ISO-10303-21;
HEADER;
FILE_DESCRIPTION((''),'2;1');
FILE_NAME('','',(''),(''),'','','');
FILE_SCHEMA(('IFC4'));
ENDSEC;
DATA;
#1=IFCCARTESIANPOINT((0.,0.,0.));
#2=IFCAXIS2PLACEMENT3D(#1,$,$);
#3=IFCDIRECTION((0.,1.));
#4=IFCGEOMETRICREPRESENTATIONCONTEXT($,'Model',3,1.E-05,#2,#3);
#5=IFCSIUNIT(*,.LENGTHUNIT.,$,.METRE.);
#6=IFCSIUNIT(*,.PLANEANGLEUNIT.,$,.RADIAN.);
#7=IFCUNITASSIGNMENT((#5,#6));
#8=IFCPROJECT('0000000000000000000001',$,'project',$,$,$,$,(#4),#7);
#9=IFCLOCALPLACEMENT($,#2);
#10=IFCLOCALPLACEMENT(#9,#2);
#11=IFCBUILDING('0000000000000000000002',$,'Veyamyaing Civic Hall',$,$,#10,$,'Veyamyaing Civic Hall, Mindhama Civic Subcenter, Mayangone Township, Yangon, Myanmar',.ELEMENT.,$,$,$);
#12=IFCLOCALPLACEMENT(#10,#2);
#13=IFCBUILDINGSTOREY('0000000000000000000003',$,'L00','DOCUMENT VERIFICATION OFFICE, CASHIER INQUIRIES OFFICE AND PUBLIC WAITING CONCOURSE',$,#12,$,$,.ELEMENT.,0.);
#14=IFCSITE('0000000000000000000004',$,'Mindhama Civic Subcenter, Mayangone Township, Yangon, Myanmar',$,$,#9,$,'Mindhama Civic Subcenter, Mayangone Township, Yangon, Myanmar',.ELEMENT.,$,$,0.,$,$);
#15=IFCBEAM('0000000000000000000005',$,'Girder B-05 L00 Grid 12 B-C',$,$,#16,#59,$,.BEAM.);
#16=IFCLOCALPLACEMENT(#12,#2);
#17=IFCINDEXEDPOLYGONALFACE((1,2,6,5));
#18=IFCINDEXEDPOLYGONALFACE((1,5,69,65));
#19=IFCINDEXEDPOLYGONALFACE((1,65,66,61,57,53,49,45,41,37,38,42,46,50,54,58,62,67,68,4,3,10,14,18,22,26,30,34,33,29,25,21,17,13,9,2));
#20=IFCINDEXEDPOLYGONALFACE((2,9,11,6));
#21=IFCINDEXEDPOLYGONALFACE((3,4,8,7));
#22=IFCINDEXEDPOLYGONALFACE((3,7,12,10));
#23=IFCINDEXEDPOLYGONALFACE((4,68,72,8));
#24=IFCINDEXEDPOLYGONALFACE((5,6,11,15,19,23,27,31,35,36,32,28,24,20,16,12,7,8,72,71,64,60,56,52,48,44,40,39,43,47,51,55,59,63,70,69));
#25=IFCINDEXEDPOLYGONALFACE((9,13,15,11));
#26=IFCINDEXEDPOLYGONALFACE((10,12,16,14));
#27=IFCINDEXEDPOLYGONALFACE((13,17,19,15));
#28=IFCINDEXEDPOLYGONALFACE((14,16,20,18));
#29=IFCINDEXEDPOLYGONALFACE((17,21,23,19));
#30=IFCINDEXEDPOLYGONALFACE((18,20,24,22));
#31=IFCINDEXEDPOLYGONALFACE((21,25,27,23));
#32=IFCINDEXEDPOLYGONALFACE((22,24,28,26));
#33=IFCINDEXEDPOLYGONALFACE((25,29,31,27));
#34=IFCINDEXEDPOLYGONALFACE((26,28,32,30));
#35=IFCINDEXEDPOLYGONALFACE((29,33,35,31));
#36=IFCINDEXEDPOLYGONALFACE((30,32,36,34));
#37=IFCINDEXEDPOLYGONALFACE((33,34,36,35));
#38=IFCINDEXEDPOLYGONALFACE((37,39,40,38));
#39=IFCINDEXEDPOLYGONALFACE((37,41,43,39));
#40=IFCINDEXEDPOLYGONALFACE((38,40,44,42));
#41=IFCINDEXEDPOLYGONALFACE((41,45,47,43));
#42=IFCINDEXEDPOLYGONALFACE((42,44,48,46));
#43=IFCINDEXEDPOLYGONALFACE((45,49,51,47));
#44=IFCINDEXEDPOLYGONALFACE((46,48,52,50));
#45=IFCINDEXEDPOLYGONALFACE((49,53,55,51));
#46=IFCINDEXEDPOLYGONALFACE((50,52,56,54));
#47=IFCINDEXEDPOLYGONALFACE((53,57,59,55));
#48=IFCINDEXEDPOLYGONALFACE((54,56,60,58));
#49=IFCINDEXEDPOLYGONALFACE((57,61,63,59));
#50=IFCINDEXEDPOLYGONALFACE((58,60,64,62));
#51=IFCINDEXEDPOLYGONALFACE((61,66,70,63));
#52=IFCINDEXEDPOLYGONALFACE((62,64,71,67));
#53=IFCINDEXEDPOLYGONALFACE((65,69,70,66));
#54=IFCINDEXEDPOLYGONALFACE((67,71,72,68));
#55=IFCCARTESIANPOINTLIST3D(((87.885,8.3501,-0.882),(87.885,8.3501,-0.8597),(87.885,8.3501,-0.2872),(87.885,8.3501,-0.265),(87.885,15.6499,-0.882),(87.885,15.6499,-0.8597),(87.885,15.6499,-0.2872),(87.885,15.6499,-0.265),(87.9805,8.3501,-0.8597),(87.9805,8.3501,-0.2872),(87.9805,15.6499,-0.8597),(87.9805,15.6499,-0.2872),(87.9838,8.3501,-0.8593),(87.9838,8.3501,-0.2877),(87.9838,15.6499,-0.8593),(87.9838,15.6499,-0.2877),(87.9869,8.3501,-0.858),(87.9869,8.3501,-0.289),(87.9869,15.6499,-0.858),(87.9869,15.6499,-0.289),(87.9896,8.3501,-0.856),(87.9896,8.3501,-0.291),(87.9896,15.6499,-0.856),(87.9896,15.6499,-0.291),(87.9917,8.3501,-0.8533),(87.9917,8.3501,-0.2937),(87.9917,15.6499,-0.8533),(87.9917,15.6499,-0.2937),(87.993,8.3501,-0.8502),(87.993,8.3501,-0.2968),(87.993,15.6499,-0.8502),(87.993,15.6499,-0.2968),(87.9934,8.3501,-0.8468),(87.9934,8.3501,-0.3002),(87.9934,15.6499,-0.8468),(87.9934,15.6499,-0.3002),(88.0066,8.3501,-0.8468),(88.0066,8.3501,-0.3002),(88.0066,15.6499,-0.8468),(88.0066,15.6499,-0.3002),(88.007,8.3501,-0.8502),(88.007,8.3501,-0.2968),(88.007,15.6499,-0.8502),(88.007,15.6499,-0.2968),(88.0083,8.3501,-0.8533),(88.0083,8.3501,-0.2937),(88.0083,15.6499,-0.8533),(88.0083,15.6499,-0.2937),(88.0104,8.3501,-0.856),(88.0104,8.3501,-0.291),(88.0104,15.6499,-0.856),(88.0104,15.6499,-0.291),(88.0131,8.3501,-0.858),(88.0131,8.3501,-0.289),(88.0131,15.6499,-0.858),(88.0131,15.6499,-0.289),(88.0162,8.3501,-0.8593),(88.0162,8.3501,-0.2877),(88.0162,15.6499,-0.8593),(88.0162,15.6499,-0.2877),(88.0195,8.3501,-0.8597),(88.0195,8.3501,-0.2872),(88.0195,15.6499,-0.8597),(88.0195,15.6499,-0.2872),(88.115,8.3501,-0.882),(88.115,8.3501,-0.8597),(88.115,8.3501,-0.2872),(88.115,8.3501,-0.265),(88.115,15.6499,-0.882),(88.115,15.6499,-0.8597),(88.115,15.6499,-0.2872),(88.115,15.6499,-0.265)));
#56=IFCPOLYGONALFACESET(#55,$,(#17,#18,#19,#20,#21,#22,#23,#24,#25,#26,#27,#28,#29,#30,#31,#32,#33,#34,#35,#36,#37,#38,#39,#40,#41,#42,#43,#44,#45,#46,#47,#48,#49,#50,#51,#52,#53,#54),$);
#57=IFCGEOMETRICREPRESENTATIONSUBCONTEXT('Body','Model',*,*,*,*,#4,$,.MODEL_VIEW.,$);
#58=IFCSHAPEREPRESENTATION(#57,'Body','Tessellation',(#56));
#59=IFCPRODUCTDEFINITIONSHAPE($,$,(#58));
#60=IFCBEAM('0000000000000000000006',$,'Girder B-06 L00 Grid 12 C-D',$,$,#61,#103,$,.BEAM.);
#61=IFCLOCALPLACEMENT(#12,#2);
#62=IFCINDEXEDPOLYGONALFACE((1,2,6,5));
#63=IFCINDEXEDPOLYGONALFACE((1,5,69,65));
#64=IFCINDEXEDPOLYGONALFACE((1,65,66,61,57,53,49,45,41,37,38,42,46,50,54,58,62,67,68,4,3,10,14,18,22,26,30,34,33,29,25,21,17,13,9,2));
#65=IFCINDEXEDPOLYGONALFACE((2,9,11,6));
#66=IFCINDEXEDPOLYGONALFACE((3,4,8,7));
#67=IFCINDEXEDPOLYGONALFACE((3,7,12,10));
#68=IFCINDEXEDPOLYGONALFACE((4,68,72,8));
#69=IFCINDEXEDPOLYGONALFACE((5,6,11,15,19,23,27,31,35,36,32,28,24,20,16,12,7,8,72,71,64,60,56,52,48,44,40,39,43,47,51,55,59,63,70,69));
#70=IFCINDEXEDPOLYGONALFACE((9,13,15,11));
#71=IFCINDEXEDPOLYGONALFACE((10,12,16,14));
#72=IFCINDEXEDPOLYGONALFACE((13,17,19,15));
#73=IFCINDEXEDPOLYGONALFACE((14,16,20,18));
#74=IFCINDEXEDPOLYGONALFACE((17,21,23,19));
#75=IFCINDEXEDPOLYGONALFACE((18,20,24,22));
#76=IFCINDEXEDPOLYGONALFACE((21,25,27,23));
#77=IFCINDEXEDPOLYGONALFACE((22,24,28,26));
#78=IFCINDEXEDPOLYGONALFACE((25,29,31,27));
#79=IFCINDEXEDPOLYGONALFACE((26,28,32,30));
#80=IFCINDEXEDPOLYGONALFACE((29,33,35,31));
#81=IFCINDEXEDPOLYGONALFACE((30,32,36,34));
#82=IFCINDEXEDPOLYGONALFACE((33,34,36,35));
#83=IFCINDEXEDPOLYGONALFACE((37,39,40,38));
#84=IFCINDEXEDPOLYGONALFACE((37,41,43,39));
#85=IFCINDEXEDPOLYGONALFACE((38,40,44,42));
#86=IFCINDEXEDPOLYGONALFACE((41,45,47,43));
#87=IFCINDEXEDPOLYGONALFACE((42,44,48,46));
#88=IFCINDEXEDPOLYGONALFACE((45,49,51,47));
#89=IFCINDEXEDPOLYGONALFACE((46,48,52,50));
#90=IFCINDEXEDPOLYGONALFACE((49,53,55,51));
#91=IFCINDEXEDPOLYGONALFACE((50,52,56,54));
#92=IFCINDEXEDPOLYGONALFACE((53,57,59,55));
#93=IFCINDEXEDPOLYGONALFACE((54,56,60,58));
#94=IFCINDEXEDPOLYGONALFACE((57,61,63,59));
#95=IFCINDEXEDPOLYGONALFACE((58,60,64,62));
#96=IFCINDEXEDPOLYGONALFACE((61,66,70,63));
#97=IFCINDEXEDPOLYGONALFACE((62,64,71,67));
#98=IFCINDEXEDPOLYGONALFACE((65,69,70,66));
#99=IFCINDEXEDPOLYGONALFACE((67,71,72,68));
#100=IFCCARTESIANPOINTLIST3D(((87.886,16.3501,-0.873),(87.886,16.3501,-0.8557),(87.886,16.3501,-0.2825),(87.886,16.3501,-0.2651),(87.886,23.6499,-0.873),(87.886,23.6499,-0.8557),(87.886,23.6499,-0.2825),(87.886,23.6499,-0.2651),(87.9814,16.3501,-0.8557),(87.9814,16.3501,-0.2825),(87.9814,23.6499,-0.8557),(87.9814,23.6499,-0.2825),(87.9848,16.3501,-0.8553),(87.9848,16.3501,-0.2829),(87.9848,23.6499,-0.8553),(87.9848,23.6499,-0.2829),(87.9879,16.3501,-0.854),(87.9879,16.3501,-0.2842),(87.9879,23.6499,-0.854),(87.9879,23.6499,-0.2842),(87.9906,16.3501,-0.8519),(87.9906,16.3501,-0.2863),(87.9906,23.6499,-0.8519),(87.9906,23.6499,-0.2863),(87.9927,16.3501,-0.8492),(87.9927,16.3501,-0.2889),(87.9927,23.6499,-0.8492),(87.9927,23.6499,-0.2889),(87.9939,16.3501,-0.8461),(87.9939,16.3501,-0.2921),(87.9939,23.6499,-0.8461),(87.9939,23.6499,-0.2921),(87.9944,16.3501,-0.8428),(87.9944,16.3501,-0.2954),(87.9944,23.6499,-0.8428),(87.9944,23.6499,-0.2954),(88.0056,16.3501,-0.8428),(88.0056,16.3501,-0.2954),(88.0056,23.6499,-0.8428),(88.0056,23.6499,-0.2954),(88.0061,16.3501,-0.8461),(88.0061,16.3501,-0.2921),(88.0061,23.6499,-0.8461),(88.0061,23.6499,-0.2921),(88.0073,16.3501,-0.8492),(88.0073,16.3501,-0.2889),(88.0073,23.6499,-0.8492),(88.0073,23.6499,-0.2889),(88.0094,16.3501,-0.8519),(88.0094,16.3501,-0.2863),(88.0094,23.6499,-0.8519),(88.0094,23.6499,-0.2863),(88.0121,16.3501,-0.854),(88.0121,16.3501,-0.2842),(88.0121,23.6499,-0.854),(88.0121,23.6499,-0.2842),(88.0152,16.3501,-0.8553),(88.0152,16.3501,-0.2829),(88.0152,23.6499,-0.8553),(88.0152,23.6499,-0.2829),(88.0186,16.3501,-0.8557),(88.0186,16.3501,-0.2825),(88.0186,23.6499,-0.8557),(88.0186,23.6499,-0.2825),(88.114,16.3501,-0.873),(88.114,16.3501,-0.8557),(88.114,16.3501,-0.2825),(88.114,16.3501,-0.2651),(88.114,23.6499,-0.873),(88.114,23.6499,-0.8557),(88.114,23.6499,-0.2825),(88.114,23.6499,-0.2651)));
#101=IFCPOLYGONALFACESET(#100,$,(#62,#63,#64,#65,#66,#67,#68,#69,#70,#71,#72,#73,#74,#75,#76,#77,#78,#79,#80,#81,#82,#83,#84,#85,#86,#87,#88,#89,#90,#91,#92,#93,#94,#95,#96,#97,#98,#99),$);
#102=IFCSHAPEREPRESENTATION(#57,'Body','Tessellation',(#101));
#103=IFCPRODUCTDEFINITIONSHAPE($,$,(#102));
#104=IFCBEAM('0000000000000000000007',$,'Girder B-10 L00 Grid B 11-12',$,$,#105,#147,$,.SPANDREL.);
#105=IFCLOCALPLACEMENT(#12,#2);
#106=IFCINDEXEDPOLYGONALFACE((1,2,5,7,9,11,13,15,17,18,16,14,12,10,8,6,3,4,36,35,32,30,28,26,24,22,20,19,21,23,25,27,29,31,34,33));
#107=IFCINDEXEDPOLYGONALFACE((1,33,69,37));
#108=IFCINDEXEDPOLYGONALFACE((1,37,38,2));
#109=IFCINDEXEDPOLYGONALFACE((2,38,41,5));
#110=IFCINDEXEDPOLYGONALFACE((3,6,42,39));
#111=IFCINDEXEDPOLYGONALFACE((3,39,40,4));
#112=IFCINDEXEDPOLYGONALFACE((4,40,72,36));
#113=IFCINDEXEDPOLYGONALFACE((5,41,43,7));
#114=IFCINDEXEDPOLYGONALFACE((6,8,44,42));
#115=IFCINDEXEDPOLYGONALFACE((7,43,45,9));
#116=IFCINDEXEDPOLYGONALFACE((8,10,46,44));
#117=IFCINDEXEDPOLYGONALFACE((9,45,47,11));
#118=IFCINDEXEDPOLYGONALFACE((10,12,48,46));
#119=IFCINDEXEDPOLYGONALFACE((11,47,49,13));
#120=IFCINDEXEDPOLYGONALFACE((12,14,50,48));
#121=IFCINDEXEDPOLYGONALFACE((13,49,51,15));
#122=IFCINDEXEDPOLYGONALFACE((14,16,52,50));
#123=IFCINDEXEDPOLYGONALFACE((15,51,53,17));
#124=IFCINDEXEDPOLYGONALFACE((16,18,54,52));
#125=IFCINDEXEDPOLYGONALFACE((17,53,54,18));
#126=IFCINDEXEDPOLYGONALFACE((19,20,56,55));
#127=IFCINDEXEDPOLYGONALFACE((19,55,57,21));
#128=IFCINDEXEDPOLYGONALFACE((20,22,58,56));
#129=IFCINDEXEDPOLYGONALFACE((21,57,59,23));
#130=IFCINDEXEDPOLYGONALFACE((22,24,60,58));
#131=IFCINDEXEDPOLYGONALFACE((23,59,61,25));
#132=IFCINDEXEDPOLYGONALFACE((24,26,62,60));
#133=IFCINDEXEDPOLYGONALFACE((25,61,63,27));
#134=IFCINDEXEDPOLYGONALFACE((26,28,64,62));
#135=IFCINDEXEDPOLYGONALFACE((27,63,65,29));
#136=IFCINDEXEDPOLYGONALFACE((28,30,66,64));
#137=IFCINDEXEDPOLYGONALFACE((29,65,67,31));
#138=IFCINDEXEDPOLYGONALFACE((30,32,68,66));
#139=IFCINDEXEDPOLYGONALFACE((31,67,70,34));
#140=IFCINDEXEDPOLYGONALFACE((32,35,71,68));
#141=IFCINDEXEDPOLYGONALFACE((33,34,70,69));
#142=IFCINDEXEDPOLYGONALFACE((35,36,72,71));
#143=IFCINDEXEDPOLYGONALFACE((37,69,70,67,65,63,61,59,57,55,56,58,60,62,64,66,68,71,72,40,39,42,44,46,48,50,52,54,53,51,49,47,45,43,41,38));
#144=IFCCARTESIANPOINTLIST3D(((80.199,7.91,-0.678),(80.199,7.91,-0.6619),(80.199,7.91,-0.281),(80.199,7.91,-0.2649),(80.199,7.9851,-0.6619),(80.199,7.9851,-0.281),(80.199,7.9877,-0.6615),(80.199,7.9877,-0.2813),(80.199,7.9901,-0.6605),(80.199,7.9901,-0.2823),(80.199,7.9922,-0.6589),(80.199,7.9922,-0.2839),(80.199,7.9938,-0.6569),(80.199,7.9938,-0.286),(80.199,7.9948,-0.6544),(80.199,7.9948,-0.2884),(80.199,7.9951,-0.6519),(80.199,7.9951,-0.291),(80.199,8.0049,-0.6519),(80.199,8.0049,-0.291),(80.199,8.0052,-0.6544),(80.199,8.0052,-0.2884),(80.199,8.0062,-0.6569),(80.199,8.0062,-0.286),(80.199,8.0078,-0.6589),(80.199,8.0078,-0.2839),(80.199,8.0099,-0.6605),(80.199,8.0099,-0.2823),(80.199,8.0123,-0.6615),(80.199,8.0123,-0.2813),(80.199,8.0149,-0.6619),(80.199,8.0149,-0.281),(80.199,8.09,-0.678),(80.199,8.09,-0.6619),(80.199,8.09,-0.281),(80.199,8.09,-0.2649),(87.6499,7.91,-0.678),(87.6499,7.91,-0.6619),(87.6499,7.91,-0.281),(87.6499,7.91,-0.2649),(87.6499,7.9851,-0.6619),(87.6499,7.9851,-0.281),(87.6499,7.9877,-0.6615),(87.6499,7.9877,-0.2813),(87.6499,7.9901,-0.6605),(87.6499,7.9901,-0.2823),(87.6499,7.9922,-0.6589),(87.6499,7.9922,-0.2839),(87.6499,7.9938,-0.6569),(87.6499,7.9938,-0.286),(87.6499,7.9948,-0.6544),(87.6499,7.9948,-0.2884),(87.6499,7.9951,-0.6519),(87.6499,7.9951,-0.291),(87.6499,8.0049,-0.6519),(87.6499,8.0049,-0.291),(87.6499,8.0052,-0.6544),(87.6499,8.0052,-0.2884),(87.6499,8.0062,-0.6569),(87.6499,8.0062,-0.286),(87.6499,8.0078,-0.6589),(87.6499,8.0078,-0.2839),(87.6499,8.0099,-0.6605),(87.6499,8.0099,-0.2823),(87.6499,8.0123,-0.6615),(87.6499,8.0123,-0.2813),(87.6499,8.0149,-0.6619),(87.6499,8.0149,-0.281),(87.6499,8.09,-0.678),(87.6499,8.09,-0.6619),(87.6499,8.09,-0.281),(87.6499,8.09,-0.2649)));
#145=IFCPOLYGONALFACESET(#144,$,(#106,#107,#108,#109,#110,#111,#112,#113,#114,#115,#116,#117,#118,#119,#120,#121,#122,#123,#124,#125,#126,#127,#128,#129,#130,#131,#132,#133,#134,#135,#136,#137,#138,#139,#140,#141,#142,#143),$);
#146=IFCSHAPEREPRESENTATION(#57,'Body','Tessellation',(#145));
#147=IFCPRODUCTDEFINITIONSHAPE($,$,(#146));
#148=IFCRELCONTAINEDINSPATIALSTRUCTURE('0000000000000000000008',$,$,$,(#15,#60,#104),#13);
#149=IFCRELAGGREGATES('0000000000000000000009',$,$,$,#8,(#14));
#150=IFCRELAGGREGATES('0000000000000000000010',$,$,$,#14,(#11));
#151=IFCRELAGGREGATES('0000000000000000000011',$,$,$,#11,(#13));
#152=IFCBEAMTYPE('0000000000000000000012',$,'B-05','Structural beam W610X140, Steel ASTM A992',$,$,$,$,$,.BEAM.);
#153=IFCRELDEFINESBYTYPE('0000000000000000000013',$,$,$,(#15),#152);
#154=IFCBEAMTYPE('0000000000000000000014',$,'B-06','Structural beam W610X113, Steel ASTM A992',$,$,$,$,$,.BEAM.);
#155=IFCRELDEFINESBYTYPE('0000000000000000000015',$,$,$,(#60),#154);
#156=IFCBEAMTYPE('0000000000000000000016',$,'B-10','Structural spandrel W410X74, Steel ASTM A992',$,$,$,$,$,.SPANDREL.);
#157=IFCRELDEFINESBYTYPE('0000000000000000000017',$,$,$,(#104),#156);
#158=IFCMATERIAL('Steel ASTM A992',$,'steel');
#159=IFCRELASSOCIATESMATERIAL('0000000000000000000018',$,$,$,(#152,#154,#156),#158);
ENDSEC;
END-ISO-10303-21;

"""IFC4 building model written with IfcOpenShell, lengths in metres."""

from ifc_helpers import new_model, si_unit, direction, frame, origin, origin_2d, place, context, subcontext, project, spatial, i_section, extrude, material, material_profile, profile_set, type_object, element, save


model = new_model("IFC4")

# Units and contexts
model_context = context("Model", 3, precision=1e-05, world=origin(), true_north=direction((0.0, 1.0)))
body_context = subcontext(model_context, "Body", "Model", "MODEL_VIEW")
ifc_project = project(units=[si_unit("LENGTHUNIT", "METRE"), si_unit("PLANEANGLEUNIT", "RADIAN")], contexts=[model_context])

# Site, building, storey
site_placement = place(None, origin())
site = spatial("IfcSite", under=ifc_project, at=site_placement, Name="Mindhama Civic Subcenter, Mayangone Township, Yangon, Myanmar", LongName="Mindhama Civic Subcenter, Mayangone Township, Yangon, Myanmar", CompositionType="ELEMENT", RefElevation=0.0)
building_placement = place(site_placement, origin())
building = spatial("IfcBuilding", under=site, at=building_placement, Name="Veyamyaing Civic Hall", LongName="Veyamyaing Civic Hall, Mindhama Civic Subcenter, Mayangone Township, Yangon, Myanmar", CompositionType="ELEMENT")
storey_placement = place(building_placement, origin())
storey = spatial("IfcBuildingStorey", under=building, at=storey_placement, Name="L00", Description="DOCUMENT VERIFICATION OFFICE, CASHIER INQUIRIES OFFICE AND PUBLIC WAITING CONCOURSE", CompositionType="ELEMENT", Elevation=0.0)

# Beams
ifc_material_1 = material(Name="Steel ASTM A992", Category="steel")
ifc_material_profile_1 = material_profile(ifc_material_1, i_section(OverallWidth=0.23, OverallDepth=0.6169, WebThickness=0.0132, FlangeThickness=0.0222, FilletRadius=0.0129, at=origin_2d()), Name="W610X140")
ifc_profile_set_1 = profile_set([ifc_material_profile_1], Name="Steel ASTM A992")
beam_type_1 = type_object("IfcBeamType", Name="B-05", Description="Structural beam W610X140, Steel ASTM A992", PredefinedType="BEAM", material=ifc_profile_set_1)
beam_1_placement = place(storey_placement, frame((88.0, 8.3501, -0.5735), z_axis=(0.0, 1.0, 0.0), x_axis=(-1.0, 0.0, 0.0)))
element("IfcBeam", 1, at=beam_1_placement, inside=storey, type_object=beam_type_1, Name="Girder B-05 L00 Grid 12 B-C", PredefinedType="BEAM", context=body_context, shape_type="SweptSolid", body=[
    extrude(i_section(OverallWidth=0.23, OverallDepth=0.6169, WebThickness=0.0132, FlangeThickness=0.0222, FilletRadius=0.0129, at=origin_2d()), origin(), (0.0, 0.0, 1.0), 7.2998),
])
ifc_material_profile_2 = material_profile(ifc_material_1, i_section(OverallWidth=0.228, OverallDepth=0.6079, WebThickness=0.0112, FlangeThickness=0.0173, FilletRadius=0.0129, at=origin_2d()), Name="W610X113")
ifc_profile_set_2 = profile_set([ifc_material_profile_2], Name="Steel ASTM A992")
beam_type_2 = type_object("IfcBeamType", Name="B-06", Description="Structural beam W610X113, Steel ASTM A992", PredefinedType="BEAM", material=ifc_profile_set_2)
beam_2_placement = place(storey_placement, frame((88.0, 16.3501, -0.5691), z_axis=(0.0, 1.0, 0.0), x_axis=(-1.0, 0.0, 0.0)))
element("IfcBeam", 2, at=beam_2_placement, inside=storey, type_object=beam_type_2, Name="Girder B-06 L00 Grid 12 C-D", PredefinedType="BEAM", context=body_context, shape_type="SweptSolid", body=[
    extrude(i_section(OverallWidth=0.228, OverallDepth=0.6079, WebThickness=0.0112, FlangeThickness=0.0173, FilletRadius=0.0129, at=origin_2d()), origin(), (0.0, 0.0, 1.0), 7.2998),
])
ifc_material_profile_3 = material_profile(ifc_material_1, i_section(OverallWidth=0.1799, OverallDepth=0.4131, WebThickness=0.0098, FlangeThickness=0.0161, FilletRadius=0.01, at=origin_2d()), Name="W410X74")
ifc_profile_set_3 = profile_set([ifc_material_profile_3], Name="Steel ASTM A992")
beam_type_3 = type_object("IfcBeamType", Name="B-10", Description="Structural spandrel W410X74, Steel ASTM A992", PredefinedType="SPANDREL", material=ifc_profile_set_3)
beam_3_placement = place(storey_placement, frame((80.199, 8.0, -0.4714), z_axis=(1.0, 0.0, 0.0), x_axis=(0.0, 1.0, 0.0)))
element("IfcBeam", 3, at=beam_3_placement, inside=storey, type_object=beam_type_3, Name="Girder B-10 L00 Grid B 11-12", PredefinedType="SPANDREL", context=body_context, shape_type="SweptSolid", body=[
    extrude(i_section(OverallWidth=0.1799, OverallDepth=0.4131, WebThickness=0.0098, FlangeThickness=0.0161, FilletRadius=0.01, at=origin_2d()), origin(), (0.0, 0.0, 1.0), 7.4509),
])

save(model, "model.ifc")
